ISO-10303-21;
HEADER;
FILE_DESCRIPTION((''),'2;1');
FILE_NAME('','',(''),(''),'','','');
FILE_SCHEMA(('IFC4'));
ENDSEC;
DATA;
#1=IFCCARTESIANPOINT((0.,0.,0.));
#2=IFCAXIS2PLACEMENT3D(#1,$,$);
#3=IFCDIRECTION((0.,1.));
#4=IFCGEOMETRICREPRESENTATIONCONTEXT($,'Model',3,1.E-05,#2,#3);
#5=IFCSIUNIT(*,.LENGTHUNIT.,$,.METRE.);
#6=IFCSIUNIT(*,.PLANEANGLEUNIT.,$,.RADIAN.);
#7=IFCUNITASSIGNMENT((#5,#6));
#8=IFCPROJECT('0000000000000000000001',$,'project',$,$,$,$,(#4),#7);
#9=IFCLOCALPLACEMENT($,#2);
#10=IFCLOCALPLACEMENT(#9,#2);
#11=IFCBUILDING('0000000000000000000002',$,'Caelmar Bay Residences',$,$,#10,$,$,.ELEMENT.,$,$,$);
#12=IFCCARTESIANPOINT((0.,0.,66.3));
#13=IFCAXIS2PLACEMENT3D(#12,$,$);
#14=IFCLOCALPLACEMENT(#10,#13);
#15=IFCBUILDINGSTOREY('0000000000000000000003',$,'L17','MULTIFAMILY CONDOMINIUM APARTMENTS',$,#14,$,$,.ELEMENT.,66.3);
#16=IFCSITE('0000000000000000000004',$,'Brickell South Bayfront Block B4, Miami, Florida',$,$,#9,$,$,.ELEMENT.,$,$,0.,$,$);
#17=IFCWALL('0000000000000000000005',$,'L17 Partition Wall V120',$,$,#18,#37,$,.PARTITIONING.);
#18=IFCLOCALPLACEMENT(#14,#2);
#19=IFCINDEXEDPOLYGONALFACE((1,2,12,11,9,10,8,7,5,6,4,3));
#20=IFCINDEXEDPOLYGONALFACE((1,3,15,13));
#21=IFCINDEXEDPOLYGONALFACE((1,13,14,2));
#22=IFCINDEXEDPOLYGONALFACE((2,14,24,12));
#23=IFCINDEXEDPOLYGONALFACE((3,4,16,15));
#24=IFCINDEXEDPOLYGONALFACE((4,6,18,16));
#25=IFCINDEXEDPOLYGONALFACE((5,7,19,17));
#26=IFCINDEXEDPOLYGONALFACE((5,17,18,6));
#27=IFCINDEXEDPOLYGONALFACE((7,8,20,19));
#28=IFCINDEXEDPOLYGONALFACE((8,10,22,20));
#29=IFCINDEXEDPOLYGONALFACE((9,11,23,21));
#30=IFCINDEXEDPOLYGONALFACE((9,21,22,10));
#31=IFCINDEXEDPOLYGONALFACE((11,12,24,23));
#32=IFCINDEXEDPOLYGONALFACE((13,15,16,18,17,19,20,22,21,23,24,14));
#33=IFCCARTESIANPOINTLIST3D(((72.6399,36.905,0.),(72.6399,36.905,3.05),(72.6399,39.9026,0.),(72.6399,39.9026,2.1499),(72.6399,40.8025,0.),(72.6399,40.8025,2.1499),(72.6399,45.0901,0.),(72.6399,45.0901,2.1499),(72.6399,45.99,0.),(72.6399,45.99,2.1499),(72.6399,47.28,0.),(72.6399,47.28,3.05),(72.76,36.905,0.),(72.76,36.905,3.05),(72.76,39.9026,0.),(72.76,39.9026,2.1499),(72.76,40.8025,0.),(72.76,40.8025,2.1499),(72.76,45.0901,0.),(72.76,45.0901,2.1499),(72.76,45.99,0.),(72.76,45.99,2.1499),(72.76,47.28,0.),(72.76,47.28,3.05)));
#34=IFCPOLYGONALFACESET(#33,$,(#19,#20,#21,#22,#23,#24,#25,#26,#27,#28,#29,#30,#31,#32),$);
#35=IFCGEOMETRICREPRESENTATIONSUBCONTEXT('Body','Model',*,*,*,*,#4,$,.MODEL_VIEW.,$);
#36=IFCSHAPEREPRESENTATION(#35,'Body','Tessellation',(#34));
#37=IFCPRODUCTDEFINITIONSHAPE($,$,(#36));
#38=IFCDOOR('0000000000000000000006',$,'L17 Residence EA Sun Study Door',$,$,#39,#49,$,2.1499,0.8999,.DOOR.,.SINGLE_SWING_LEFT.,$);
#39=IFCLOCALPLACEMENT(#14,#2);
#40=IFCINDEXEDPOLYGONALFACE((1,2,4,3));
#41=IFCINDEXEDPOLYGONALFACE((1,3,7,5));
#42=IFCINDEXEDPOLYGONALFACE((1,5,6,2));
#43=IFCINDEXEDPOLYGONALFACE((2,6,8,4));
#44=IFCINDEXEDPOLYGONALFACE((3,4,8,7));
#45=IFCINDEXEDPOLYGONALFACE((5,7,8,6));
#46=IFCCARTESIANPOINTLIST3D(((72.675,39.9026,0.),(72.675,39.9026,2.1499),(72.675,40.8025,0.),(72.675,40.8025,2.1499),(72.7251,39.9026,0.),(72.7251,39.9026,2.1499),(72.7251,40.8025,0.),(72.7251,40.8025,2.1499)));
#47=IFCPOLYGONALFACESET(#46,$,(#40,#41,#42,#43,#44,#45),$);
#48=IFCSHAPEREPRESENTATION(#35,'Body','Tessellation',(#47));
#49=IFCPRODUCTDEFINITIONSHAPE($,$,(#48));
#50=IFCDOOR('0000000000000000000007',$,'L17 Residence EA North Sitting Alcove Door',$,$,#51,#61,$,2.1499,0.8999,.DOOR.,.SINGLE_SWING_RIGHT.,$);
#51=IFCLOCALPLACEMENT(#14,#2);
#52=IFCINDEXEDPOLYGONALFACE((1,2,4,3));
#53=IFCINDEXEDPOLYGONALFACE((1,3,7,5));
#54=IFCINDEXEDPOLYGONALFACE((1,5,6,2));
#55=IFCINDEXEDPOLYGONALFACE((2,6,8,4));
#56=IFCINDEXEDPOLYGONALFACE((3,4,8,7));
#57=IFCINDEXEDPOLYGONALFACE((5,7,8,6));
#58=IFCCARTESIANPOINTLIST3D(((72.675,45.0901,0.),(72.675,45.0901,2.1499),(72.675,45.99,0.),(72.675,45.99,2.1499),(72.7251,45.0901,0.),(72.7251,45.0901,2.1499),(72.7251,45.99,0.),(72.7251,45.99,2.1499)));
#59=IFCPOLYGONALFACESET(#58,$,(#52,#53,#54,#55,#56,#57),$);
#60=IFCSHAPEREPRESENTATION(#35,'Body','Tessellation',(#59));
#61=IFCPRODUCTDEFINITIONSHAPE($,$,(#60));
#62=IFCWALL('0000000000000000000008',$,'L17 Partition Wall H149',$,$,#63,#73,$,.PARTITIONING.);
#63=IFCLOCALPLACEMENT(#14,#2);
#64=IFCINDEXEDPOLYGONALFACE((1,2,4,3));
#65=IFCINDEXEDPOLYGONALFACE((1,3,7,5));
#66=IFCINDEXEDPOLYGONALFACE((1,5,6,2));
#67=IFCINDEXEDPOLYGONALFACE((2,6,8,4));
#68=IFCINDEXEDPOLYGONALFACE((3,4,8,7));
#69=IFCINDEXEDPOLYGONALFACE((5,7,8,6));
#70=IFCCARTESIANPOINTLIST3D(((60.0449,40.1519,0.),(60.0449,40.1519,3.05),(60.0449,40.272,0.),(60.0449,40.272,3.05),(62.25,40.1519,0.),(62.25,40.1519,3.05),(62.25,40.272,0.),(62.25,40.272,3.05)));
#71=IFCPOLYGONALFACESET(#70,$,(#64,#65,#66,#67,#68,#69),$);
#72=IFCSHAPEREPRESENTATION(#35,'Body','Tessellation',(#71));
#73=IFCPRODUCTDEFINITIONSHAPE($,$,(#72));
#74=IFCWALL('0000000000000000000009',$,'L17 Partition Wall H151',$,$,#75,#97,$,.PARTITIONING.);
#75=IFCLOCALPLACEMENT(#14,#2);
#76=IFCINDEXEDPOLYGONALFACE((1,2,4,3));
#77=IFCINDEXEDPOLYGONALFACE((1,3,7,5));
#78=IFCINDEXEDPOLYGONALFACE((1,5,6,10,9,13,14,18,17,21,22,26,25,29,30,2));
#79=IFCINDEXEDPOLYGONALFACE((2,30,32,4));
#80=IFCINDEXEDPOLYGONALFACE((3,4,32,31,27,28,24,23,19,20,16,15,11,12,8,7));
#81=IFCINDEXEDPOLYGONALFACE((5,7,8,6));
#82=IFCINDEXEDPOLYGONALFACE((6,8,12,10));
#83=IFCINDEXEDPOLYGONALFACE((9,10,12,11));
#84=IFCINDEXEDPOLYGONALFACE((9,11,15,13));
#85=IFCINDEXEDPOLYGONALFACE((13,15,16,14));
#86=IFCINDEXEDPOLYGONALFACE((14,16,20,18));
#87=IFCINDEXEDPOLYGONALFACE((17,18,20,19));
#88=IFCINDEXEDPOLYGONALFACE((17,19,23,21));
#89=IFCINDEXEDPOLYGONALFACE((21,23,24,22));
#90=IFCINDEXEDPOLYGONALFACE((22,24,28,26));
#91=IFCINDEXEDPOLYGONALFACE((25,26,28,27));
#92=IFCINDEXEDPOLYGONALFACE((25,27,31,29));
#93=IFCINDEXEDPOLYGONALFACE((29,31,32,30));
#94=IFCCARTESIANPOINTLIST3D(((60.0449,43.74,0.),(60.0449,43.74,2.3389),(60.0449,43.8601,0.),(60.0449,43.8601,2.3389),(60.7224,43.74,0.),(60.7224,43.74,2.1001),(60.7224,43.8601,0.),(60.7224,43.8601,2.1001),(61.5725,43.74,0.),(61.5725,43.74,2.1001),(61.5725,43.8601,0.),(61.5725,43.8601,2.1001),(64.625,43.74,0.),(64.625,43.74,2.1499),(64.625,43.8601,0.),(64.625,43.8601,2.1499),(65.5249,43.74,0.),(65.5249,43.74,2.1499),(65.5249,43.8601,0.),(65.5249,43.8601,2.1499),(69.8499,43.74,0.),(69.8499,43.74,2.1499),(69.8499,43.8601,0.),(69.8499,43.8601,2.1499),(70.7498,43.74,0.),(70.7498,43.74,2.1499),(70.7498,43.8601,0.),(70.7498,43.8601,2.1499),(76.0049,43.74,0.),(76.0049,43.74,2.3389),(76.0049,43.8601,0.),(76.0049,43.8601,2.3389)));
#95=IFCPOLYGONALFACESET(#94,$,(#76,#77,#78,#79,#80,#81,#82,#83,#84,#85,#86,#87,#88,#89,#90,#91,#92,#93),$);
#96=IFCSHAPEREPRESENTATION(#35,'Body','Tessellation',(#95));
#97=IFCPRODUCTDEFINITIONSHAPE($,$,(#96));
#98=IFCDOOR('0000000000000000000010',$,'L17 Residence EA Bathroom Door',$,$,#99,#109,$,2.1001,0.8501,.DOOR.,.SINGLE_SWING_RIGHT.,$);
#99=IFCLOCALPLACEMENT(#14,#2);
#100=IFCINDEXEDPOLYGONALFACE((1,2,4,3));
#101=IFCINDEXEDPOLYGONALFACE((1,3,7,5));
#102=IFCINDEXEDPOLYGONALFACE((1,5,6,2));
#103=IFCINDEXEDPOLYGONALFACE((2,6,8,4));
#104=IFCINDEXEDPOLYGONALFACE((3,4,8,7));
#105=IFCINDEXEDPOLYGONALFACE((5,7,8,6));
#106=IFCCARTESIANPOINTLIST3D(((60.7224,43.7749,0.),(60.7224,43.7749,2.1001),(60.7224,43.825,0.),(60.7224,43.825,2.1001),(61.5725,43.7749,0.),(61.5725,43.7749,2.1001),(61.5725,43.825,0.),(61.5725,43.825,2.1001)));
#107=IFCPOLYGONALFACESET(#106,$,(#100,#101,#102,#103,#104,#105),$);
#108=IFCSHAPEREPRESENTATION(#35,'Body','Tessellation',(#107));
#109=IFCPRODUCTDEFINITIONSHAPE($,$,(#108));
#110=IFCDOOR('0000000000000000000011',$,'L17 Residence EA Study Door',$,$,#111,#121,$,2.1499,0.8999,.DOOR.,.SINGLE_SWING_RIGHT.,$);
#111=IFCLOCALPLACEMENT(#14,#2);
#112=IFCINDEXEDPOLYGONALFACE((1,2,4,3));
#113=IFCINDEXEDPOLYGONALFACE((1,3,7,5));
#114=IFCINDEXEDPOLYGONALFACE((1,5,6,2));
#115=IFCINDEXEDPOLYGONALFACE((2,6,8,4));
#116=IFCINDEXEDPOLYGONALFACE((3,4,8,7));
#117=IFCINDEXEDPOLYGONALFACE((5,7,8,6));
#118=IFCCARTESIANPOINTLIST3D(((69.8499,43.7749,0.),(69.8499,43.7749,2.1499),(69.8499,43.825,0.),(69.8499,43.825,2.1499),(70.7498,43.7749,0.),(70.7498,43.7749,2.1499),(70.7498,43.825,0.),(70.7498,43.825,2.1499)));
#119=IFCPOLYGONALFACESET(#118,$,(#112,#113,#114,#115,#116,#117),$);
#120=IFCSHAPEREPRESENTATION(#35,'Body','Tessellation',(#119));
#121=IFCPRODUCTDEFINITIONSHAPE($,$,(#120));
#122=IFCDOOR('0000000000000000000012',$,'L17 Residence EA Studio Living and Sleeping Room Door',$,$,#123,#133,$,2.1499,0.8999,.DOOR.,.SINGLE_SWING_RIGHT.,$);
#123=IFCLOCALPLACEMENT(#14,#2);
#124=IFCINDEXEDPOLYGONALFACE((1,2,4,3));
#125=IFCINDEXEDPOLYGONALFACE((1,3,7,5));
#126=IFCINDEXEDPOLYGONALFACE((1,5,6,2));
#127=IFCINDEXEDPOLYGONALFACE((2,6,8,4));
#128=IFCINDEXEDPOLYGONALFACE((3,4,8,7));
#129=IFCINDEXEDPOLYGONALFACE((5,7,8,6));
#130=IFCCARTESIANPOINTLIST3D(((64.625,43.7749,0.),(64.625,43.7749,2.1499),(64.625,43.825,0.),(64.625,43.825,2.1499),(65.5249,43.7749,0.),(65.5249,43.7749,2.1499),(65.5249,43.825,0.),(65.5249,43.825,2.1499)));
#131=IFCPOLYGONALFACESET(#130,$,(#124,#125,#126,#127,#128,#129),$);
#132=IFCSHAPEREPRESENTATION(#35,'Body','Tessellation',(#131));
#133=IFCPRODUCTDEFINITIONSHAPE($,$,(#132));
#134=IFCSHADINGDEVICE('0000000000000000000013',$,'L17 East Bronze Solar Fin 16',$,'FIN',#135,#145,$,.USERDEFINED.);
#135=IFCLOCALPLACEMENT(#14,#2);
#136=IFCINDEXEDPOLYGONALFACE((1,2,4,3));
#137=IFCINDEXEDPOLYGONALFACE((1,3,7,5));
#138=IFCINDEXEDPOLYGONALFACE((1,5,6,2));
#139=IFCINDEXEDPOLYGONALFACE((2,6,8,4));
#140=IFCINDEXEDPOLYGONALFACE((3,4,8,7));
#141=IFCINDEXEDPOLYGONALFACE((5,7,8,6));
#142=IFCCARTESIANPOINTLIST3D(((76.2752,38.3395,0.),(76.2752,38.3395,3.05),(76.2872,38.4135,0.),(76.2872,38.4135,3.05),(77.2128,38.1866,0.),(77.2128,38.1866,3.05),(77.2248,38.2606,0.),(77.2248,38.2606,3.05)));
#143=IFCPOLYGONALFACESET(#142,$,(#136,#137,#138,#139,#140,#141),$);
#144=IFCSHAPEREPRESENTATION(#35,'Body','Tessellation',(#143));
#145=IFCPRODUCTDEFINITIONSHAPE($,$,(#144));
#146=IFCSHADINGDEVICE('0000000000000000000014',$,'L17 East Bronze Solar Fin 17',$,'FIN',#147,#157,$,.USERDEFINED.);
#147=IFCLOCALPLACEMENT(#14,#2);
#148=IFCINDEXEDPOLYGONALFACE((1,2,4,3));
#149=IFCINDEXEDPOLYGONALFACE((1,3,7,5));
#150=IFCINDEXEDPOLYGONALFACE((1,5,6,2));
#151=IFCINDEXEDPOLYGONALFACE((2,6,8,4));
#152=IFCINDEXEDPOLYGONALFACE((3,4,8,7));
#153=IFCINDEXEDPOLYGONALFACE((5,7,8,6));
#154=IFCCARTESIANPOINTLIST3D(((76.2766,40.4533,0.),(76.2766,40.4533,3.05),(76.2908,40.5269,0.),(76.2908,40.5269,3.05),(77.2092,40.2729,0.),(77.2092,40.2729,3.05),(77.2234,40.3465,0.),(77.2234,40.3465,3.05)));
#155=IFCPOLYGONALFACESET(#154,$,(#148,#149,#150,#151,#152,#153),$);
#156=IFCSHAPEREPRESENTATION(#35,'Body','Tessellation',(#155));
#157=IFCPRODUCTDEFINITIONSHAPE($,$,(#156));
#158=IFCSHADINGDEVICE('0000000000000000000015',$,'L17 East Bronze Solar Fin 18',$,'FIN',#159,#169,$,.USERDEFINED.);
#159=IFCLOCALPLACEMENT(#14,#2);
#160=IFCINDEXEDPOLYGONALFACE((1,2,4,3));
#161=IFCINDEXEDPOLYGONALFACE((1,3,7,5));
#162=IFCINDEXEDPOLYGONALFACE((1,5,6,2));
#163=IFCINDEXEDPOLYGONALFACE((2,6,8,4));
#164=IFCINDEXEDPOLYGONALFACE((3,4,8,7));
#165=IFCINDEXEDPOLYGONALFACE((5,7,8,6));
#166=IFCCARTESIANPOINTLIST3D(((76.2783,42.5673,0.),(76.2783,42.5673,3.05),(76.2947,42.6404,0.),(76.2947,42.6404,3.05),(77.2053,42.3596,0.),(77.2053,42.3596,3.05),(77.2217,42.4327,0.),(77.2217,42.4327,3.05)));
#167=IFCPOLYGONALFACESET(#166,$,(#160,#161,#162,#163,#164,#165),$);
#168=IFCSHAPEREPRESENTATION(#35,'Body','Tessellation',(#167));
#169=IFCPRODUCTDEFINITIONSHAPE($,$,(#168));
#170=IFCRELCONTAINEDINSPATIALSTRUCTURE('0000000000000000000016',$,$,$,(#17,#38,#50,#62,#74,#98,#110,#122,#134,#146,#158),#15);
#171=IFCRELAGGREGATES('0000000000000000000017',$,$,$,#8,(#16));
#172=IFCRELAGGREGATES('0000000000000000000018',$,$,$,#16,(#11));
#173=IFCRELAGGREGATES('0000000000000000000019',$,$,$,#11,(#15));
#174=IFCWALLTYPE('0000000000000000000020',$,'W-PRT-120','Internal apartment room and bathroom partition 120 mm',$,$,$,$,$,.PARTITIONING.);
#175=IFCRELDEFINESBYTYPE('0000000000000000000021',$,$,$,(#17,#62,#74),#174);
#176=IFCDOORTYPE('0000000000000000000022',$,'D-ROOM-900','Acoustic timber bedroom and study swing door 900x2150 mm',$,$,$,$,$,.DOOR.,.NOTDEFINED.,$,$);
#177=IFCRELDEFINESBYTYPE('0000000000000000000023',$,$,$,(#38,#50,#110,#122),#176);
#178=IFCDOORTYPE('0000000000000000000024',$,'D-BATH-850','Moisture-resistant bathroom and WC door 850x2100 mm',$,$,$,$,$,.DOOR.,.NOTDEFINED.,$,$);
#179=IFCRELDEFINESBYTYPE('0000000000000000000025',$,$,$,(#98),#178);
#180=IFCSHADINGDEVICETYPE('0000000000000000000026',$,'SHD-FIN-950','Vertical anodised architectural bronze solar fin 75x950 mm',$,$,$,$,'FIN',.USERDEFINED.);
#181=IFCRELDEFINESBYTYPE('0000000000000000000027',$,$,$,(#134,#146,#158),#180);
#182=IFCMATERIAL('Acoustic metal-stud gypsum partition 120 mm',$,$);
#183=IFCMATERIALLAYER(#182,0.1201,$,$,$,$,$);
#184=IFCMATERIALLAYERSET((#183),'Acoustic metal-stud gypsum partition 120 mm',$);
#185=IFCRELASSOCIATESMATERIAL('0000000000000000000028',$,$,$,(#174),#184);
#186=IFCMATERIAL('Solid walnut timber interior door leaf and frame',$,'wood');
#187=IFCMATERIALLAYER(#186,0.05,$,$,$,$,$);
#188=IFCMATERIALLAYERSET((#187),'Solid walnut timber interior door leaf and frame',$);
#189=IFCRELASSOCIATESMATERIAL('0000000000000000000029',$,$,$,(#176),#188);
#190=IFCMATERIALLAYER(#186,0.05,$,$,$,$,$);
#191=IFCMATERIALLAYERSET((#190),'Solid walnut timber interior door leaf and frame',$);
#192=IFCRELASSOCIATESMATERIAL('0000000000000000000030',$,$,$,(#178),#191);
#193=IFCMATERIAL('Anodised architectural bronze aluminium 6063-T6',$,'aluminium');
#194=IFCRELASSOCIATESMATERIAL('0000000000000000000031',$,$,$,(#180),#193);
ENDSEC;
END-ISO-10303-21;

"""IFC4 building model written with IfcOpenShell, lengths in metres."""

from ifc_helpers import new_model, si_unit, direction, frame, frame_2d, origin, origin_2d, place, context, subcontext, project, spatial, rectangle, extrude, material, layer, layer_set, material_profile, profile_set, type_object, element, fill, save


model = new_model("IFC4")

# Units and contexts
model_context = context("Model", 3, precision=1e-05, world=origin(), true_north=direction((0.0, 1.0)))
body_context = subcontext(model_context, "Body", "Model", "MODEL_VIEW")
ifc_project = project(units=[si_unit("LENGTHUNIT", "METRE"), si_unit("PLANEANGLEUNIT", "RADIAN")], contexts=[model_context])

# Site, building, storey
site_placement = place(None, origin())
site = spatial("IfcSite", under=ifc_project, at=site_placement, Name="Brickell South Bayfront Block B4, Miami, Florida", CompositionType="ELEMENT", RefElevation=0.0)
building_placement = place(site_placement, origin())
building = spatial("IfcBuilding", under=site, at=building_placement, Name="Caelmar Bay Residences", CompositionType="ELEMENT")
storey_placement = place(building_placement, frame((0.0, 0.0, 66.3)))
storey = spatial("IfcBuildingStorey", under=building, at=storey_placement, Name="L17", Description="MULTIFAMILY CONDOMINIUM APARTMENTS", CompositionType="ELEMENT", Elevation=66.3)

# Shared definitions
ifc_material_1 = material(Name="Acoustic metal-stud gypsum partition 120 mm")
ifc_layer_1 = layer(ifc_material_1, 0.1201)
ifc_layer_set_1 = layer_set([ifc_layer_1], Name="Acoustic metal-stud gypsum partition 120 mm")
wall_type_1 = type_object("IfcWallType", Name="W-PRT-120", Description="Internal apartment room and bathroom partition 120 mm", PredefinedType="PARTITIONING", material=ifc_layer_set_1)

# Wall, openings, doors
wall_1_placement = place(storey_placement, frame((72.7, 36.905, 0.0), z_axis=(0.0, 0.0, 1.0), x_axis=(0.0, 1.0, 0.0)))
wall_1 = element("IfcWall", 1, at=wall_1_placement, inside=storey, type_object=wall_type_1, Name="L17 Partition Wall V120", PredefinedType="PARTITIONING", context=body_context, shape_type="SweptSolid", body=[
    extrude(rectangle(XDim=10.375, YDim=0.1201, at=frame_2d((5.1875, 0.0))), origin(), (0.0, 0.0, 1.0), 3.05),
])
opening_1_placement = place(wall_1_placement, frame((2.9976, 0.0, 0.0)))
opening_1 = element("IfcOpeningElement", 2, at=opening_1_placement, cuts=wall_1, PredefinedType="OPENING", context=body_context, shape_type="SweptSolid", body=[
    extrude(rectangle(XDim=0.8999, YDim=2.1499, at=frame_2d((0.45, 1.075))), frame((0.0, 0.0701, 0.0), z_axis=(0.0, -1.0, 0.0), x_axis=(1.0, 0.0, 0.0)), (0.0, 0.0, 1.0), 0.1401),
])
opening_2_placement = place(wall_1_placement, frame((8.1851, 0.0, 0.0)))
opening_2 = element("IfcOpeningElement", 3, at=opening_2_placement, cuts=wall_1, PredefinedType="OPENING", context=body_context, shape_type="SweptSolid", body=[
    extrude(rectangle(XDim=0.8999, YDim=2.1499, at=frame_2d((0.45, 1.075))), frame((0.0, 0.0701, 0.0), z_axis=(0.0, -1.0, 0.0), x_axis=(1.0, 0.0, 0.0)), (0.0, 0.0, 1.0), 0.1401),
])
ifc_material_2 = material(Name="Solid walnut timber interior door leaf and frame", Category="wood")
ifc_layer_2 = layer(ifc_material_2, 0.05)
ifc_layer_set_2 = layer_set([ifc_layer_2], Name="Solid walnut timber interior door leaf and frame")
door_type_1 = type_object("IfcDoorType", Name="D-ROOM-900", Description="Acoustic timber bedroom and study swing door 900x2150 mm", OperationType="NOTDEFINED", PredefinedType="DOOR", material=ifc_layer_set_2)
door_1_placement = place(opening_1_placement, origin())
door_1 = element("IfcDoor", 4, at=door_1_placement, inside=storey, type_object=door_type_1, Name="L17 Residence EA Sun Study Door", OperationType="SINGLE_SWING_LEFT", OverallHeight=2.1499, OverallWidth=0.8999, PredefinedType="DOOR", context=body_context, shape_type="SweptSolid", body=[
    extrude(rectangle(XDim=0.8999, YDim=2.1499, at=frame_2d((0.45, 1.075))), frame((0.0, 0.0249, 0.0), z_axis=(0.0, -1.0, 0.0), x_axis=(1.0, 0.0, 0.0)), (0.0, 0.0, 1.0), 0.05),
])
fill(opening_1, door_1)
door_2_placement = place(opening_2_placement, origin())
door_2 = element("IfcDoor", 5, at=door_2_placement, inside=storey, type_object=door_type_1, Name="L17 Residence EA North Sitting Alcove Door", OperationType="SINGLE_SWING_RIGHT", OverallHeight=2.1499, OverallWidth=0.8999, PredefinedType="DOOR", context=body_context, shape_type="SweptSolid", body=[
    extrude(rectangle(XDim=0.8999, YDim=2.1499, at=frame_2d((0.45, 1.075))), frame((0.0, 0.0249, 0.0), z_axis=(0.0, -1.0, 0.0), x_axis=(1.0, 0.0, 0.0)), (0.0, 0.0, 1.0), 0.05),
])
fill(opening_2, door_2)

# Wall
wall_2_placement = place(storey_placement, frame((60.0449, 40.2119, 0.0), z_axis=(0.0, 0.0, 1.0), x_axis=(1.0, 0.0, 0.0)))
element("IfcWall", 6, at=wall_2_placement, inside=storey, type_object=wall_type_1, Name="L17 Partition Wall H149", PredefinedType="PARTITIONING", context=body_context, shape_type="SweptSolid", body=[
    extrude(rectangle(XDim=2.2051, YDim=0.1201, at=frame_2d((1.1025, 0.0))), origin(), (0.0, 0.0, 1.0), 3.05),
])

# Wall, openings, doors
wall_3_placement = place(storey_placement, frame((60.0449, 43.8, 0.0), z_axis=(0.0, 0.0, 1.0), x_axis=(1.0, 0.0, 0.0)))
wall_3 = element("IfcWall", 7, at=wall_3_placement, inside=storey, type_object=wall_type_1, Name="L17 Partition Wall H151", PredefinedType="PARTITIONING", context=body_context, shape_type="SweptSolid", body=[
    extrude(rectangle(XDim=15.96, YDim=0.1201, at=frame_2d((7.98, 0.0))), origin(), (0.0, 0.0, 1.0), 2.3389),
])
opening_3_placement = place(wall_3_placement, frame((9.8049, 0.0, 0.0)))
opening_3 = element("IfcOpeningElement", 8, at=opening_3_placement, cuts=wall_3, PredefinedType="OPENING", context=body_context, shape_type="SweptSolid", body=[
    extrude(rectangle(XDim=0.8999, YDim=2.1499, at=frame_2d((0.45, 1.075))), frame((0.0, 0.0701, 0.0), z_axis=(0.0, -1.0, 0.0), x_axis=(1.0, 0.0, 0.0)), (0.0, 0.0, 1.0), 0.1401),
])
opening_4_placement = place(wall_3_placement, frame((4.5801, 0.0, 0.0)))
opening_4 = element("IfcOpeningElement", 9, at=opening_4_placement, cuts=wall_3, PredefinedType="OPENING", context=body_context, shape_type="SweptSolid", body=[
    extrude(rectangle(XDim=0.8999, YDim=2.1499, at=frame_2d((0.45, 1.075))), frame((0.0, 0.0701, 0.0), z_axis=(0.0, -1.0, 0.0), x_axis=(1.0, 0.0, 0.0)), (0.0, 0.0, 1.0), 0.1401),
])
opening_5_placement = place(wall_3_placement, frame((0.6775, 0.0, 0.0)))
opening_5 = element("IfcOpeningElement", 10, at=opening_5_placement, cuts=wall_3, PredefinedType="OPENING", context=body_context, shape_type="SweptSolid", body=[
    extrude(rectangle(XDim=0.8501, YDim=2.1001, at=frame_2d((0.425, 1.05))), frame((0.0, 0.0701, 0.0), z_axis=(0.0, -1.0, 0.0), x_axis=(1.0, 0.0, 0.0)), (0.0, 0.0, 1.0), 0.1401),
])
ifc_layer_3 = layer(ifc_material_2, 0.05)
ifc_layer_set_3 = layer_set([ifc_layer_3], Name="Solid walnut timber interior door leaf and frame")
door_type_2 = type_object("IfcDoorType", Name="D-BATH-850", Description="Moisture-resistant bathroom and WC door 850x2100 mm", OperationType="NOTDEFINED", PredefinedType="DOOR", material=ifc_layer_set_3)
door_3_placement = place(opening_5_placement, origin())
door_3 = element("IfcDoor", 11, at=door_3_placement, inside=storey, type_object=door_type_2, Name="L17 Residence EA Bathroom Door", OperationType="SINGLE_SWING_RIGHT", OverallHeight=2.1001, OverallWidth=0.8501, PredefinedType="DOOR", context=body_context, shape_type="SweptSolid", body=[
    extrude(rectangle(XDim=0.8501, YDim=2.1001, at=frame_2d((0.425, 1.05))), frame((0.0, 0.0249, 0.0), z_axis=(0.0, -1.0, 0.0), x_axis=(1.0, 0.0, 0.0)), (0.0, 0.0, 1.0), 0.05),
])
fill(opening_5, door_3)
door_4_placement = place(opening_3_placement, origin())
door_4 = element("IfcDoor", 12, at=door_4_placement, inside=storey, type_object=door_type_1, Name="L17 Residence EA Study Door", OperationType="SINGLE_SWING_RIGHT", OverallHeight=2.1499, OverallWidth=0.8999, PredefinedType="DOOR", context=body_context, shape_type="SweptSolid", body=[
    extrude(rectangle(XDim=0.8999, YDim=2.1499, at=frame_2d((0.45, 1.075))), frame((0.0, 0.0249, 0.0), z_axis=(0.0, -1.0, 0.0), x_axis=(1.0, 0.0, 0.0)), (0.0, 0.0, 1.0), 0.05),
])
fill(opening_3, door_4)
door_5_placement = place(opening_4_placement, origin())
door_5 = element("IfcDoor", 13, at=door_5_placement, inside=storey, type_object=door_type_1, Name="L17 Residence EA Studio Living and Sleeping Room Door", OperationType="SINGLE_SWING_RIGHT", OverallHeight=2.1499, OverallWidth=0.8999, PredefinedType="DOOR", context=body_context, shape_type="SweptSolid", body=[
    extrude(rectangle(XDim=0.8999, YDim=2.1499, at=frame_2d((0.45, 1.075))), frame((0.0, 0.0249, 0.0), z_axis=(0.0, -1.0, 0.0), x_axis=(1.0, 0.0, 0.0)), (0.0, 0.0, 1.0), 0.05),
])
fill(opening_4, door_5)

# Shading devices
ifc_material_3 = material(Name="Anodised architectural bronze aluminium 6063-T6", Category="aluminium")
ifc_material_profile_1 = material_profile(ifc_material_3, rectangle(XDim=0.075, YDim=0.95, at=origin_2d()), Name="BRONZE-FIN-75X950")
ifc_profile_set_1 = profile_set([ifc_material_profile_1], Name="Anodised architectural bronze aluminium 6063-T6")
shading_device_type = type_object("IfcShadingDeviceType", Name="SHD-FIN-950", Description="Vertical anodised architectural bronze solar fin 75x950 mm", ElementType="FIN", PredefinedType="USERDEFINED", material=ifc_profile_set_1)
for number, where, z_axis, x_axis, name in (
    (14, (76.75, 38.3, 0.0), (0.0, 0.0, 1.0), (0.160915, 0.986968, 0.0), "L17 East Bronze Solar Fin 16"),
    (15, (76.75, 40.3999, 0.0), (0.0, 0.0, 1.0), (0.189952, 0.981793, 0.0), "L17 East Bronze Solar Fin 17"),
    (16, (76.75, 42.5, 0.0), (0.0, 0.0, 1.0), (0.218654, 0.975802, 0.0), "L17 East Bronze Solar Fin 18"),
):
    element("IfcShadingDevice", number, at=place(storey_placement, frame(where, z_axis=z_axis, x_axis=x_axis)), inside=storey, type_object=shading_device_type, Name=name, ObjectType="FIN", PredefinedType="USERDEFINED", context=body_context, shape_type="SweptSolid", body=[
        extrude(rectangle(XDim=0.075, YDim=0.95, at=origin_2d()), origin(), (0.0, 0.0, 1.0), 3.05),
    ])

save(model, "model.ifc")
